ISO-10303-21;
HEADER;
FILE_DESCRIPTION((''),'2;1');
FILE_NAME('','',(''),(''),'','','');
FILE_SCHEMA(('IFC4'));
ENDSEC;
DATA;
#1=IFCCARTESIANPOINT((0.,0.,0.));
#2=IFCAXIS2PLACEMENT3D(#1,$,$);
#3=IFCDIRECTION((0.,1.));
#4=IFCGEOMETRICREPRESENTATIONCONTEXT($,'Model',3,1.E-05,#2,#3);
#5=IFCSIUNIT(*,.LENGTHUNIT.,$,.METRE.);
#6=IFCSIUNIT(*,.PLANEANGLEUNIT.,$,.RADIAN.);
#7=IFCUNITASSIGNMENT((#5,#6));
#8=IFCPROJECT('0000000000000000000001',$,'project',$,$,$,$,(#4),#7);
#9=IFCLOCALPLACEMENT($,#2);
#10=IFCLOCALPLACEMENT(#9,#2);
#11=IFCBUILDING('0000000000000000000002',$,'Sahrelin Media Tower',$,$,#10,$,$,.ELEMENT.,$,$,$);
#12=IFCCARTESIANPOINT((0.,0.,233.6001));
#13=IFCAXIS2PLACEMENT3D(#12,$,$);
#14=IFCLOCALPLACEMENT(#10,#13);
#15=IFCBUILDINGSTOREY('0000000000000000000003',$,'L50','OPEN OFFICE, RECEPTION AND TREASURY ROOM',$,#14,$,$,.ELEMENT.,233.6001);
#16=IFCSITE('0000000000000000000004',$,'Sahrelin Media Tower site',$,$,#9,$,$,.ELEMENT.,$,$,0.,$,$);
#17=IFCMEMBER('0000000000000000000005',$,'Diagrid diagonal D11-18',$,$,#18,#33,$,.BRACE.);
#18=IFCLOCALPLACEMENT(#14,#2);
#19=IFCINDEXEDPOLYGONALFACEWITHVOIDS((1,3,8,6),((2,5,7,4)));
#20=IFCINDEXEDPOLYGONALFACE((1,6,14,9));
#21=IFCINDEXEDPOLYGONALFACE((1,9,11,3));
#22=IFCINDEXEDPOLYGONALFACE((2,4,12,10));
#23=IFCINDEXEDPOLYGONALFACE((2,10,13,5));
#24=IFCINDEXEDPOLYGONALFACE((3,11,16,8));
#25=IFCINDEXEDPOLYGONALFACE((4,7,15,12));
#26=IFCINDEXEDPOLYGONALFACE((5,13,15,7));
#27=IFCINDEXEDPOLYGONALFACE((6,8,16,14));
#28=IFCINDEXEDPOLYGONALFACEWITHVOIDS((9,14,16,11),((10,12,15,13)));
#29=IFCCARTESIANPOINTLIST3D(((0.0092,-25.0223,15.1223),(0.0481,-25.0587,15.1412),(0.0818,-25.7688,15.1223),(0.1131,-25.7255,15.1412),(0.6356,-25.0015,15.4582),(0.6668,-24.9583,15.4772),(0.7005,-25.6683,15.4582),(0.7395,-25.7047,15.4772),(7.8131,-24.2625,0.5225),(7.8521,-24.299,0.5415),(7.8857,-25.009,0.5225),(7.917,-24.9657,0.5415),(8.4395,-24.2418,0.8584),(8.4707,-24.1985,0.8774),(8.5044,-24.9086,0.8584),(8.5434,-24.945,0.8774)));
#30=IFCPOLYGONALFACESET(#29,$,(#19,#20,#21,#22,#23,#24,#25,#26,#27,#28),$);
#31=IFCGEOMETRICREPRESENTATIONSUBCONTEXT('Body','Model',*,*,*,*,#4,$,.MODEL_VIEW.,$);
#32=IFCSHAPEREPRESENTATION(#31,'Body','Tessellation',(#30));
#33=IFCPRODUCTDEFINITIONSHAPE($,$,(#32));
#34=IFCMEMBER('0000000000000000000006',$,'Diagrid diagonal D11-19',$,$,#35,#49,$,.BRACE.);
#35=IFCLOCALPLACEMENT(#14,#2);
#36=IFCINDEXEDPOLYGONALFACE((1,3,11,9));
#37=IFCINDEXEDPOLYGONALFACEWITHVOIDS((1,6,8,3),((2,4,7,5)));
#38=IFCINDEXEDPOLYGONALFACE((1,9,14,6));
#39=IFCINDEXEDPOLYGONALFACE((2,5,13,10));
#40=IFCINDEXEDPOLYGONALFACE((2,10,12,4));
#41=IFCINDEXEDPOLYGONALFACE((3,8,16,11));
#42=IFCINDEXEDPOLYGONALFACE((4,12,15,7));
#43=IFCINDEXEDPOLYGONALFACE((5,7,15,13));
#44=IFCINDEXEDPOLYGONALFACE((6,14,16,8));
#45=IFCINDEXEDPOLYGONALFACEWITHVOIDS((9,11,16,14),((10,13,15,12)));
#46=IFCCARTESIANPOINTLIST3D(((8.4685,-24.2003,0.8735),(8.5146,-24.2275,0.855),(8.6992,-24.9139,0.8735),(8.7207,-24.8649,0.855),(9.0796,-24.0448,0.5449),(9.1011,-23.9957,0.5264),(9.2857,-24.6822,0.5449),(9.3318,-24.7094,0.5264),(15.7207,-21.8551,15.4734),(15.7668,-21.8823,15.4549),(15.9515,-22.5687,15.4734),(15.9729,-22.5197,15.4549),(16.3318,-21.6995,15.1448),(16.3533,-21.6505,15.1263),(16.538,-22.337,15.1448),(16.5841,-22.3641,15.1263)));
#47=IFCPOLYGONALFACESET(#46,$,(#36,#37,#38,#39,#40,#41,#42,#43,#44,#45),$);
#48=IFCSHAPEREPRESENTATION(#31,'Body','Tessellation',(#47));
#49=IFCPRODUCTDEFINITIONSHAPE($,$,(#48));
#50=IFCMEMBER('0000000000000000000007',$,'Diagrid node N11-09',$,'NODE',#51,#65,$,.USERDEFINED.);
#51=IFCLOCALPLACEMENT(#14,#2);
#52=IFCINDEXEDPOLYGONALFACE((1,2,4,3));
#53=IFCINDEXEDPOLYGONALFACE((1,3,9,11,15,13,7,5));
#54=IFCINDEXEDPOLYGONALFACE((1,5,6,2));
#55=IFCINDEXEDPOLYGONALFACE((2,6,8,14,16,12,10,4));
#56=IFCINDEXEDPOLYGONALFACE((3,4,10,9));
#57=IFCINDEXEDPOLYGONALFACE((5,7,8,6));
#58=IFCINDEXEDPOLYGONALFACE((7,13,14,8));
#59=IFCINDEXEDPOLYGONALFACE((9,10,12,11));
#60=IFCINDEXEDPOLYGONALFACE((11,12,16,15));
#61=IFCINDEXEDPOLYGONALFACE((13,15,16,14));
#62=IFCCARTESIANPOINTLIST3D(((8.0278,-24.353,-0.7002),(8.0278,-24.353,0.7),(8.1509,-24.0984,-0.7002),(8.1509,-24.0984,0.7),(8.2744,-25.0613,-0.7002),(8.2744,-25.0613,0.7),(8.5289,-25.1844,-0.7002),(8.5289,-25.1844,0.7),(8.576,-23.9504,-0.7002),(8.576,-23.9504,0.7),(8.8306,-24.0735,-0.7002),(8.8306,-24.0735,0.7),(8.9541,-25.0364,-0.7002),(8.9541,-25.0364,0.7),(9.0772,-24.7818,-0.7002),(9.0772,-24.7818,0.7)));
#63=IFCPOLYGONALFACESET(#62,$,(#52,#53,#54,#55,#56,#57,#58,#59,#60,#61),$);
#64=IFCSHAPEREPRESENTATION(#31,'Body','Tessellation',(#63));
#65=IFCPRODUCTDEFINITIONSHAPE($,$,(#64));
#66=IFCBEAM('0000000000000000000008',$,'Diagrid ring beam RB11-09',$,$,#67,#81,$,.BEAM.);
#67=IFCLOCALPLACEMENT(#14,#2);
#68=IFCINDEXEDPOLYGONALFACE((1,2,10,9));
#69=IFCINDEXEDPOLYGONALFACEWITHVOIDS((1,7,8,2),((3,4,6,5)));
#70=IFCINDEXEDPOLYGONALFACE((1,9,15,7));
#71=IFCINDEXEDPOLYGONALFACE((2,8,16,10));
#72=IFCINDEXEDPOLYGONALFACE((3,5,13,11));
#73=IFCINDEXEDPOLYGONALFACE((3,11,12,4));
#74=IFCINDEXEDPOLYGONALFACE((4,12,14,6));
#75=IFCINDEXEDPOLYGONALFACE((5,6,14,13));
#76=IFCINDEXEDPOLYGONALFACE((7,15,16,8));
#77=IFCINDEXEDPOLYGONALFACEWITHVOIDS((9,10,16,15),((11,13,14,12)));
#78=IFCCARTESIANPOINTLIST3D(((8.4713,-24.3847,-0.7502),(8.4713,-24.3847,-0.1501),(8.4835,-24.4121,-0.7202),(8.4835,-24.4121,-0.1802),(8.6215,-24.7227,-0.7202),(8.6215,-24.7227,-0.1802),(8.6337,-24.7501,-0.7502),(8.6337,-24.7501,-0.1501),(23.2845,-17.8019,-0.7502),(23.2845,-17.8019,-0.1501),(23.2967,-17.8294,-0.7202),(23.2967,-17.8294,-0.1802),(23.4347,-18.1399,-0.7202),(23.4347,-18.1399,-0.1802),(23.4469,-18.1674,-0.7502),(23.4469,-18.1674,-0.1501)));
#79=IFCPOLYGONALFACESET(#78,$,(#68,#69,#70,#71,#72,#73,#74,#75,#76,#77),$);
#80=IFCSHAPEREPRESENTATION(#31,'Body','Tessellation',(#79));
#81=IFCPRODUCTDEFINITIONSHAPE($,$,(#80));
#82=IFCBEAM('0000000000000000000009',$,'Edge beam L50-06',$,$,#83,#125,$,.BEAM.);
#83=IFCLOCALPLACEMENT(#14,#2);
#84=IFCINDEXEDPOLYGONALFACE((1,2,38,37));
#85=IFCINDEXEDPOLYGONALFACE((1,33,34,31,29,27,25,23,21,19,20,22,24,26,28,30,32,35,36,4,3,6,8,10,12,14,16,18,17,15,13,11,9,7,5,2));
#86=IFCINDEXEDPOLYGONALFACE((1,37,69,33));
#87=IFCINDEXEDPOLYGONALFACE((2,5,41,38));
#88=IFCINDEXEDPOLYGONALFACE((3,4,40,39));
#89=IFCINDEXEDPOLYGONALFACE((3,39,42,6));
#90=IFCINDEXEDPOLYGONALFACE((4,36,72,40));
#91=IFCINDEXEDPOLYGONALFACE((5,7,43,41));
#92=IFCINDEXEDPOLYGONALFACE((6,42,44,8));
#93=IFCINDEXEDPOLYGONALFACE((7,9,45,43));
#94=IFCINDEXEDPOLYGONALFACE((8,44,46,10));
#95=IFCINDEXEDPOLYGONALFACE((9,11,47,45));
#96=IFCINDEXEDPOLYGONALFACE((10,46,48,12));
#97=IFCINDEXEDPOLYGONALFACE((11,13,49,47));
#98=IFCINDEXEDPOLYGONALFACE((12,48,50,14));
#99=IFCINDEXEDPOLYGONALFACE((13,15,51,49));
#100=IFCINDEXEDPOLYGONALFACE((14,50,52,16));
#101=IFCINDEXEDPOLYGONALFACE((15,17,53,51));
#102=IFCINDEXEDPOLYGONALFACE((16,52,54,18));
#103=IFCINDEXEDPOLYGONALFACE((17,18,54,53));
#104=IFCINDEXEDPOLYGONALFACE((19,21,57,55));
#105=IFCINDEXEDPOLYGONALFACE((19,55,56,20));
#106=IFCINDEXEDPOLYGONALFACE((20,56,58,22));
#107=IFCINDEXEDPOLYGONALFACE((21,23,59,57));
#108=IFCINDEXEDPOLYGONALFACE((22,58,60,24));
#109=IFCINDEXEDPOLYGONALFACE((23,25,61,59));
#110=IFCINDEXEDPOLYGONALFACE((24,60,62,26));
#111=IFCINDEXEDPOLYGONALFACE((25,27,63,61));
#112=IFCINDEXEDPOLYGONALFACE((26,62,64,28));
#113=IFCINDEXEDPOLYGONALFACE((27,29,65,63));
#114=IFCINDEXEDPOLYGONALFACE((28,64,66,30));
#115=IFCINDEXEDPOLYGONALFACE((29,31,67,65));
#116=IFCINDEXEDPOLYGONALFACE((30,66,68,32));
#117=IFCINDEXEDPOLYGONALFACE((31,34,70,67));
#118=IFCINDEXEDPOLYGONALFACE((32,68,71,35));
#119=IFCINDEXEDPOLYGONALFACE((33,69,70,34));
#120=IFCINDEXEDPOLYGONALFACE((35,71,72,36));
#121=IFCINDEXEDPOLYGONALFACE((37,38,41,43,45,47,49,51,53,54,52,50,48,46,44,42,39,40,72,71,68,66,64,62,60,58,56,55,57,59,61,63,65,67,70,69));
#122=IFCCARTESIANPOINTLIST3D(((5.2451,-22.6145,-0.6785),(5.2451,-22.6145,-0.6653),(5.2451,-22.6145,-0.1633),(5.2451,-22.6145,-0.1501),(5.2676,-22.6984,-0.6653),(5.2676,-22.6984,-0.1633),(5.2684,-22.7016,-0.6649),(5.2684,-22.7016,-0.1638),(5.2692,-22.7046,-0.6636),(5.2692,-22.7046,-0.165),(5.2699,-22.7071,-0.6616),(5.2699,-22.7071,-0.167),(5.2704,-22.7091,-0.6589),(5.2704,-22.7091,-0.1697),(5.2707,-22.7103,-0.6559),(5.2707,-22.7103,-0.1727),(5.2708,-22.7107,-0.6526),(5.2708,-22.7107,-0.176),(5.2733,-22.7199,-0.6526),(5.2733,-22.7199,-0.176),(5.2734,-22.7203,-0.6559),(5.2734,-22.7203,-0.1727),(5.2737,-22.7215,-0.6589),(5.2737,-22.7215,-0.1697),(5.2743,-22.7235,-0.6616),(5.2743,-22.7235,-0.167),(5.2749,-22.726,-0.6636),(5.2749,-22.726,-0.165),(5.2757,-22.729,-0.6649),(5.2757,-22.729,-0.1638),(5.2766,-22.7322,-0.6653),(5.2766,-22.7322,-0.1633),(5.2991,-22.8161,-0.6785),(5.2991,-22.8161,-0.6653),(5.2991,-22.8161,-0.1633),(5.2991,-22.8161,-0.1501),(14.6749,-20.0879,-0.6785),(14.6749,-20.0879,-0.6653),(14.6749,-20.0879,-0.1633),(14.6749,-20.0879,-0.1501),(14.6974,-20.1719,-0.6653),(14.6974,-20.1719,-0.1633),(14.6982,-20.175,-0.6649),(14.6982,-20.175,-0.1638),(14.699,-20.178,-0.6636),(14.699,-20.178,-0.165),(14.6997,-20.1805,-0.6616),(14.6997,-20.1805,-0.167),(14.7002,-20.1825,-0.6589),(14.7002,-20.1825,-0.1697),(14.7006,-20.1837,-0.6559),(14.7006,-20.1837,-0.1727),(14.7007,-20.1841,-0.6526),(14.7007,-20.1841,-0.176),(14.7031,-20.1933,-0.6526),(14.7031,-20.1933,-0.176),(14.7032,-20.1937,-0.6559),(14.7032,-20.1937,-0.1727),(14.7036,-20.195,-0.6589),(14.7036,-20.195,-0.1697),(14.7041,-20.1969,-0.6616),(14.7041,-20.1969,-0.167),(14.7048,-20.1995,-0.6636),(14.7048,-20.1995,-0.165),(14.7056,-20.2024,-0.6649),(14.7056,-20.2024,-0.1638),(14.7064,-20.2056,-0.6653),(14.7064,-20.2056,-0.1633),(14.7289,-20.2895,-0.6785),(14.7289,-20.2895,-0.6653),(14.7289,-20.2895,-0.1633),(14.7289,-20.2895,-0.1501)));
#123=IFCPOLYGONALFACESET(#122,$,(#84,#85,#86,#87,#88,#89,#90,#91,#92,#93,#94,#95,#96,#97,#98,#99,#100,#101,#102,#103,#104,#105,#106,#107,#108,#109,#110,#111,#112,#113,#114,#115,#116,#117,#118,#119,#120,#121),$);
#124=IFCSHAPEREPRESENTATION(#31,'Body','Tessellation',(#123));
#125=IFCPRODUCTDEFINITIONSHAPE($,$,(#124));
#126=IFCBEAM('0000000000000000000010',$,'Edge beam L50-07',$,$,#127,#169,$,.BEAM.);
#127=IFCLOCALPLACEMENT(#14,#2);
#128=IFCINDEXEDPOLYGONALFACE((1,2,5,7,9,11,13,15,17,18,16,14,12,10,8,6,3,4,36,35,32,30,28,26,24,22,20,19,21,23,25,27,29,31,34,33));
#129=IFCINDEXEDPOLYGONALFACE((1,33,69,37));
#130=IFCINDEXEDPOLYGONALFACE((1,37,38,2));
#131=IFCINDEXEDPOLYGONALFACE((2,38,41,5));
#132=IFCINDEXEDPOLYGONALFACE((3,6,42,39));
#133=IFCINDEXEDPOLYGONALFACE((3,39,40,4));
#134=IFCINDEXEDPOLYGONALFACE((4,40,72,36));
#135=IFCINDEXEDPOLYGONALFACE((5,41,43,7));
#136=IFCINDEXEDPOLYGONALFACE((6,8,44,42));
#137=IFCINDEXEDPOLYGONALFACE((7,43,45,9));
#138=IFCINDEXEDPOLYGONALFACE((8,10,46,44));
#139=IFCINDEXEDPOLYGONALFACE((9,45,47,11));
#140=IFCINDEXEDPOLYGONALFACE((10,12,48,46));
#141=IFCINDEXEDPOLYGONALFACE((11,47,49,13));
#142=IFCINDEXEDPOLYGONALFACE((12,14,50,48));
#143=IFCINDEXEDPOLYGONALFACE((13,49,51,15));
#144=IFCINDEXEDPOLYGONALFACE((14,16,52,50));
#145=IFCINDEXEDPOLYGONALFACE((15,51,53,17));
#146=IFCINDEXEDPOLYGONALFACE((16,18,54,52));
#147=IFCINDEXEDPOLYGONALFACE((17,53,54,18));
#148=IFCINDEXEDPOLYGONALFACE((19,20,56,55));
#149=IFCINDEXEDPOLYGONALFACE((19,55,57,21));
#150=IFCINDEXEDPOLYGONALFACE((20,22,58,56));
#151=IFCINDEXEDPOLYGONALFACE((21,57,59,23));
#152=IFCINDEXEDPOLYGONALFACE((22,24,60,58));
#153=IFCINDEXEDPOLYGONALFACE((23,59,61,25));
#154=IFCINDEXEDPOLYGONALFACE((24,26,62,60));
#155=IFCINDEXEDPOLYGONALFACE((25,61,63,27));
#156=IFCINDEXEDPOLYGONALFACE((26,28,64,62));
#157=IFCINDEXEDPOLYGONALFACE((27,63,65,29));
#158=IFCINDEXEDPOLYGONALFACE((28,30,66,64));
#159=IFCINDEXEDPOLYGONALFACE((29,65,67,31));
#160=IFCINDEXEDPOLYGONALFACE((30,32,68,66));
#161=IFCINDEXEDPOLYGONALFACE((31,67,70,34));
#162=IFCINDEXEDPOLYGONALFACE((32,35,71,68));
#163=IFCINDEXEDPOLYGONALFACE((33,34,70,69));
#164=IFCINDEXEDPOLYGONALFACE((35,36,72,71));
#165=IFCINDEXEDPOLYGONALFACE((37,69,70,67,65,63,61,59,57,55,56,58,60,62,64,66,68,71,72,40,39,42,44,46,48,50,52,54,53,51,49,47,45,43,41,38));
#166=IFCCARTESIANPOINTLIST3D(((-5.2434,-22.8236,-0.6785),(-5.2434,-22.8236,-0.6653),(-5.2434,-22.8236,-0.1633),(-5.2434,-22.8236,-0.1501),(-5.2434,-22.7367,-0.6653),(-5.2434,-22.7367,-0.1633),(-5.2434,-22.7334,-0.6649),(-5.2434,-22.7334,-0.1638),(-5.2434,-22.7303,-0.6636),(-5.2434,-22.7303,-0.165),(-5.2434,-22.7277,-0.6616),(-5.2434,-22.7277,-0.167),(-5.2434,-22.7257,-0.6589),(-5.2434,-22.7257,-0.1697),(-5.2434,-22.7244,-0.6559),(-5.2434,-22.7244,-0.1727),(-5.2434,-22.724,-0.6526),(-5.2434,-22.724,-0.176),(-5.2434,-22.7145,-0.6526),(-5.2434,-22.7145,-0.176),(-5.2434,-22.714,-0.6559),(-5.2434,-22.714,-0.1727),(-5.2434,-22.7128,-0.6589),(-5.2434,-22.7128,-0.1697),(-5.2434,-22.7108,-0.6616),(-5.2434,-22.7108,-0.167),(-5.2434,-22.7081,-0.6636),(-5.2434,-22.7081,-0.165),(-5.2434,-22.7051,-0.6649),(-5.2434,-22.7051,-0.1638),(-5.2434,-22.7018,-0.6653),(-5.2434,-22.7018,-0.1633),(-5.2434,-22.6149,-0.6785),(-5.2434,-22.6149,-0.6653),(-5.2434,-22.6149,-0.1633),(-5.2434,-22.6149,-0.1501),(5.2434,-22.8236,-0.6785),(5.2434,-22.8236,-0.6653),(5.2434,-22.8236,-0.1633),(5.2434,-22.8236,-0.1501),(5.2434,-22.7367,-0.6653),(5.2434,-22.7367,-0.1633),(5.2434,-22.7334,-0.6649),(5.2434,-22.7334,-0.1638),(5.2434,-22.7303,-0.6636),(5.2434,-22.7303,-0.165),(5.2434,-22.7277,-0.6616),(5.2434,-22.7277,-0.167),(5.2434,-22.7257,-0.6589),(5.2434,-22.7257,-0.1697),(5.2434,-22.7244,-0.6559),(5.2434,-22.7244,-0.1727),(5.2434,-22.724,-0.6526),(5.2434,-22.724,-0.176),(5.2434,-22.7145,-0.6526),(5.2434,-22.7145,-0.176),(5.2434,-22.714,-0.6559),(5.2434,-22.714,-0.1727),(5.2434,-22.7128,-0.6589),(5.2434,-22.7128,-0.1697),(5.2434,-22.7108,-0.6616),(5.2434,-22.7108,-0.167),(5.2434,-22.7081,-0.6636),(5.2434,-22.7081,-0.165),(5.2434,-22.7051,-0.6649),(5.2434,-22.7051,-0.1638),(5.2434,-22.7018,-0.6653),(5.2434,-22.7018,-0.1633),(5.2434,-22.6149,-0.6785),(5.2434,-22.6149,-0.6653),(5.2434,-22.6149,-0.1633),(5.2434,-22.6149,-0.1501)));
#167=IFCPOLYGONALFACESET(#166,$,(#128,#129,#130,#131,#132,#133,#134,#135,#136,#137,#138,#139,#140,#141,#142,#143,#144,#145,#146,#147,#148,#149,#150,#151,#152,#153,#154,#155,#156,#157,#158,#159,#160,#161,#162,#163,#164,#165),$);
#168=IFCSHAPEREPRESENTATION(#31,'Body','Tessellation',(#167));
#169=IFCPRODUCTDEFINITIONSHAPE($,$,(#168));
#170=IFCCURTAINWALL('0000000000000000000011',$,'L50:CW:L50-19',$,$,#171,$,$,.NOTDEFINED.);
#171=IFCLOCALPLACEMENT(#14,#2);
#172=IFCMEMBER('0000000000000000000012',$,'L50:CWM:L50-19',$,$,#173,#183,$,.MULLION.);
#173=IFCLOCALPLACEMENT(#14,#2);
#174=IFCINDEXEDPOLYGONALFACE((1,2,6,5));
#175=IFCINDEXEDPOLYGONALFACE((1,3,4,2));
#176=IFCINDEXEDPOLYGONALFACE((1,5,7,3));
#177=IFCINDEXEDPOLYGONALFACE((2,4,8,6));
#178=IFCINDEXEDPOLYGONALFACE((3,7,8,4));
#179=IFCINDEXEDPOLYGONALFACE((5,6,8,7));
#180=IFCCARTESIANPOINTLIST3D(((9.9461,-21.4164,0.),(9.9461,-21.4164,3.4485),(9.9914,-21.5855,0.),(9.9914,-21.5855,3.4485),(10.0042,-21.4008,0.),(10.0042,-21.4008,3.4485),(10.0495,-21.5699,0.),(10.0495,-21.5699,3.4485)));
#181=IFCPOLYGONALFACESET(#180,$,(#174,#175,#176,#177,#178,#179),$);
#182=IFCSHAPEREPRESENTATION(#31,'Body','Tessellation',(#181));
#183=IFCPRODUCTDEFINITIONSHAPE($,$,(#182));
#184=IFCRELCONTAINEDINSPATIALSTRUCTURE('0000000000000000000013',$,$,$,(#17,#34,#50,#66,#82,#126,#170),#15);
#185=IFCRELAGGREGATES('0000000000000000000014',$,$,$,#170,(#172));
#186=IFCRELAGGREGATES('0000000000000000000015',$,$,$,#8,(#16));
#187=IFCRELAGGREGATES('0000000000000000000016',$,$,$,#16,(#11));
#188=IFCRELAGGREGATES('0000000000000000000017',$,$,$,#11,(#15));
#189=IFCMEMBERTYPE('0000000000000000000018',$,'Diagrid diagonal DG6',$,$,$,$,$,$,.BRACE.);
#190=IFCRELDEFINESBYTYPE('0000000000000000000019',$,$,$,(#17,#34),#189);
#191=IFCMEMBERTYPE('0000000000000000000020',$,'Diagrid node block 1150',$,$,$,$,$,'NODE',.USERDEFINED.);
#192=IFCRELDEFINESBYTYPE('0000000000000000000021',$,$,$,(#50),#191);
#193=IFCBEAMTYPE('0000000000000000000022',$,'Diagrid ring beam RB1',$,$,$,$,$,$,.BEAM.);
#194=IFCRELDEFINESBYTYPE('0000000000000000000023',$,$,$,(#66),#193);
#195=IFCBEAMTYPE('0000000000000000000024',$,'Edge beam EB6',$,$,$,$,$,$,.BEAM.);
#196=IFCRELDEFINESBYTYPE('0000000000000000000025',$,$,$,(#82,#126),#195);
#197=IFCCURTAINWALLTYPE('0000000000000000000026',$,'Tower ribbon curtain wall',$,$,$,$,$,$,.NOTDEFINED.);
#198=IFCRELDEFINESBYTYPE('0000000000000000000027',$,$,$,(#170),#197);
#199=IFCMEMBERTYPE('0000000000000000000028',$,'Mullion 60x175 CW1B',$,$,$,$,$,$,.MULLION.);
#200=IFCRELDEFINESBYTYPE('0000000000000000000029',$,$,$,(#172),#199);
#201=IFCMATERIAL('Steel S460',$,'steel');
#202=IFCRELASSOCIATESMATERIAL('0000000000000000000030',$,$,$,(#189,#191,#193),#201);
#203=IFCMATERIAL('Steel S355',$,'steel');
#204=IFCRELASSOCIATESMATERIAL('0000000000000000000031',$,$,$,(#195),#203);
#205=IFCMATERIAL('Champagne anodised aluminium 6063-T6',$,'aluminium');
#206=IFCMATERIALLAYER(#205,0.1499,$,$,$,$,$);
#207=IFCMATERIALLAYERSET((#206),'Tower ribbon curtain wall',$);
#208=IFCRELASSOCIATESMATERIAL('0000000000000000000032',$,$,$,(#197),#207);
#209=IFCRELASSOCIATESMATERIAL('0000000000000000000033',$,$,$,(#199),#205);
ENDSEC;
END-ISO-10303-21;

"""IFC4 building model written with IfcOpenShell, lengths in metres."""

from ifc_helpers import new_model, si_unit, direction, frame, origin, origin_2d, place, context, subcontext, project, spatial, polyline, rectangle, hollow_rectangle, i_section, outline, extrude, material, layer, layer_set, material_profile, profile_set, type_object, element, aggregate, save


model = new_model("IFC4")

# Units and contexts
model_context = context("Model", 3, precision=1e-05, world=origin(), true_north=direction((0.0, 1.0)))
body_context = subcontext(model_context, "Body", "Model", "MODEL_VIEW")
ifc_project = project(units=[si_unit("LENGTHUNIT", "METRE"), si_unit("PLANEANGLEUNIT", "RADIAN")], contexts=[model_context])

# Site, building, storey
site_placement = place(None, origin())
site = spatial("IfcSite", under=ifc_project, at=site_placement, Name="Sahrelin Media Tower site", CompositionType="ELEMENT", RefElevation=0.0)
building_placement = place(site_placement, origin())
building = spatial("IfcBuilding", under=site, at=building_placement, Name="Sahrelin Media Tower", CompositionType="ELEMENT")
storey_placement = place(building_placement, frame((0.0, 0.0, 233.6001)))
storey = spatial("IfcBuildingStorey", under=building, at=storey_placement, Name="L50", Description="OPEN OFFICE, RECEPTION AND TREASURY ROOM", CompositionType="ELEMENT", Elevation=233.6001)

# Members
ifc_material_1 = material(Name="Steel S460", Category="steel")
ifc_material_profile_1 = material_profile(ifc_material_1, hollow_rectangle(XDim=0.75, YDim=0.75, WallThickness=0.04, at=origin_2d()), Name="Diagrid diagonal DG6")
ifc_profile_set_1 = profile_set([ifc_material_profile_1], Name="Steel S460")
member_type_1 = type_object("IfcMemberType", Name="Diagrid diagonal DG6", PredefinedType="BRACE", material=ifc_profile_set_1)
member_1_placement = place(storey_placement, frame((8.1782, -24.6038, 0.7), z_axis=(-0.470909, -0.045846, 0.88099), x_axis=(0.096898, -0.995294, 0.0)))
element("IfcMember", 1, at=member_1_placement, inside=storey, type_object=member_type_1, Name="Diagrid diagonal D11-18", PredefinedType="BRACE", context=body_context, shape_type="SweptSolid", body=[
    extrude(hollow_rectangle(XDim=0.75, YDim=0.75, WallThickness=0.04, at=origin_2d()), origin(), (0.0, 0.0, 1.0), 16.572),
])
member_2_placement = place(storey_placement, frame((8.9001, -24.4548, 0.7), z_axis=(0.440336, 0.142396, 0.886469), x_axis=(-0.307692, 0.951486, 0.0)))
element("IfcMember", 2, at=member_2_placement, inside=storey, type_object=member_type_1, Name="Diagrid diagonal D11-19", PredefinedType="BRACE", context=body_context, shape_type="SweptSolid", body=[
    extrude(hollow_rectangle(XDim=0.75, YDim=0.75, WallThickness=0.04, at=origin_2d()), origin(), (0.0, 0.0, 1.0), 16.4697),
])
ifc_material_profile_2 = material_profile(ifc_material_1, outline(polyline([(0.375, -0.425), (0.575, -0.2251), (0.575, 0.2251), (0.375, 0.425), (-0.375, 0.425), (-0.575, 0.2251), (-0.575, -0.2251), (-0.375, -0.425), (0.375, -0.425)])), Name="Diagrid node block 1150")
ifc_profile_set_2 = profile_set([ifc_material_profile_2], Name="Steel S460")
member_type_2 = type_object("IfcMemberType", Name="Diagrid node block 1150", ElementType="NODE", PredefinedType="USERDEFINED", material=ifc_profile_set_2)
member_3_placement = place(storey_placement, frame((8.5525, -24.5674, -0.7002), z_axis=(0.0, 0.0, 1.0), x_axis=(0.328769, -0.94441, 0.0)))
element("IfcMember", 3, at=member_3_placement, inside=storey, type_object=member_type_2, Name="Diagrid node N11-09", ObjectType="NODE", PredefinedType="USERDEFINED", context=body_context, shape_type="SweptSolid", body=[
    extrude(outline(polyline([(0.375, -0.425), (0.575, -0.2251), (0.575, 0.2251), (0.375, 0.425), (-0.375, 0.425), (-0.575, 0.2251), (-0.575, -0.2251), (-0.375, -0.425), (0.375, -0.425)])), origin(), (0.0, 0.0, 1.0), 1.4001),
])

# Beams
ifc_material_profile_3 = material_profile(ifc_material_1, hollow_rectangle(XDim=0.3999, YDim=0.6001, WallThickness=0.03, at=origin_2d()), Name="Diagrid ring beam RB1")
ifc_profile_set_3 = profile_set([ifc_material_profile_3], Name="Steel S460")
beam_type_1 = type_object("IfcBeamType", Name="Diagrid ring beam RB1", PredefinedType="BEAM", material=ifc_profile_set_3)
beam_1_placement = place(storey_placement, frame((8.5525, -24.5674, -0.4502), z_axis=(0.913832, 0.406092, 0.0), x_axis=(-0.406092, 0.913832, 0.0)))
element("IfcBeam", 4, at=beam_1_placement, inside=storey, type_object=beam_type_1, Name="Diagrid ring beam RB11-09", PredefinedType="BEAM", context=body_context, shape_type="SweptSolid", body=[
    extrude(hollow_rectangle(XDim=0.3999, YDim=0.6001, WallThickness=0.03, at=origin_2d()), origin(), (0.0, 0.0, 1.0), 16.21),
])
ifc_material_2 = material(Name="Steel S355", Category="steel")
ifc_material_profile_4 = material_profile(ifc_material_2, i_section(OverallWidth=0.2087, OverallDepth=0.5283, WebThickness=0.0095, FlangeThickness=0.0132, FilletRadius=0.0127, at=origin_2d()), Name="UB 533x210x82")
ifc_profile_set_4 = profile_set([ifc_material_profile_4], Name="Steel S355")
beam_type_2 = type_object("IfcBeamType", Name="Edge beam EB6", PredefinedType="BEAM", material=ifc_profile_set_4)
beam_2_placement = place(storey_placement, frame((14.7019, -20.1887, -0.4143), z_axis=(-0.965929, -0.258807, 0.0), x_axis=(0.258807, -0.965929, 0.0)))
element("IfcBeam", 5, at=beam_2_placement, inside=storey, type_object=beam_type_2, Name="Edge beam L50-06", PredefinedType="BEAM", context=body_context, shape_type="SweptSolid", body=[
    extrude(i_section(OverallWidth=0.2087, OverallDepth=0.5283, WebThickness=0.0095, FlangeThickness=0.0132, FilletRadius=0.0127, at=origin_2d()), origin(), (0.0, 0.0, 1.0), 9.7625),
])
beam_3_placement = place(storey_placement, frame((5.2434, -22.7192, -0.4143), z_axis=(-1.0, 0.0, 0.0), x_axis=(0.0, -1.0, 0.0)))
element("IfcBeam", 6, at=beam_3_placement, inside=storey, type_object=beam_type_2, Name="Edge beam L50-07", PredefinedType="BEAM", context=body_context, shape_type="SweptSolid", body=[
    extrude(i_section(OverallWidth=0.2087, OverallDepth=0.5283, WebThickness=0.0095, FlangeThickness=0.0132, FilletRadius=0.0127, at=origin_2d()), origin(), (0.0, 0.0, 1.0), 10.4868),
])

# Curtain wall, member
ifc_material_3 = material(Name="Champagne anodised aluminium 6063-T6", Category="aluminium")
ifc_layer_1 = layer(ifc_material_3, 0.1499)
ifc_layer_set_1 = layer_set([ifc_layer_1], Name="Tower ribbon curtain wall")
curtain_wall_type = type_object("IfcCurtainWallType", Name="Tower ribbon curtain wall", PredefinedType="NOTDEFINED", material=ifc_layer_set_1)
curtain_wall_1_placement = place(storey_placement, frame((10.0256, -21.5969, 0.0), z_axis=(0.0, 0.0, 1.0), x_axis=(1.0, 0.0, 0.0)))
curtain_wall_1 = element("IfcCurtainWall", 7, at=curtain_wall_1_placement, inside=storey, type_object=curtain_wall_type, Name="L50:CW:L50-19", PredefinedType="NOTDEFINED")
ifc_material_profile_5 = material_profile(ifc_material_3, rectangle(XDim=0.0601, YDim=0.175, at=origin_2d()), Name="Mullion 60x175")
ifc_profile_set_5 = profile_set([ifc_material_profile_5], Name="Champagne anodised aluminium 6063-T6")
member_type_3 = type_object("IfcMemberType", Name="Mullion 60x175 CW1B", PredefinedType="MULLION", material=ifc_profile_set_5)
member_4_placement = place(storey_placement, frame((9.9978, -21.4932, 0.0), z_axis=(0.0, 0.0, 1.0), x_axis=(0.965926, 0.258819, 0.0)))
member_4 = element("IfcMember", 8, at=member_4_placement, type_object=member_type_3, Name="L50:CWM:L50-19", PredefinedType="MULLION", context=body_context, shape_type="SweptSolid", body=[
    extrude(rectangle(XDim=0.0601, YDim=0.175, at=origin_2d()), origin(), (0.0, 0.0, 1.0), 3.4485),
])

aggregate(curtain_wall_1, [member_4])

save(model, "model.ifc")
